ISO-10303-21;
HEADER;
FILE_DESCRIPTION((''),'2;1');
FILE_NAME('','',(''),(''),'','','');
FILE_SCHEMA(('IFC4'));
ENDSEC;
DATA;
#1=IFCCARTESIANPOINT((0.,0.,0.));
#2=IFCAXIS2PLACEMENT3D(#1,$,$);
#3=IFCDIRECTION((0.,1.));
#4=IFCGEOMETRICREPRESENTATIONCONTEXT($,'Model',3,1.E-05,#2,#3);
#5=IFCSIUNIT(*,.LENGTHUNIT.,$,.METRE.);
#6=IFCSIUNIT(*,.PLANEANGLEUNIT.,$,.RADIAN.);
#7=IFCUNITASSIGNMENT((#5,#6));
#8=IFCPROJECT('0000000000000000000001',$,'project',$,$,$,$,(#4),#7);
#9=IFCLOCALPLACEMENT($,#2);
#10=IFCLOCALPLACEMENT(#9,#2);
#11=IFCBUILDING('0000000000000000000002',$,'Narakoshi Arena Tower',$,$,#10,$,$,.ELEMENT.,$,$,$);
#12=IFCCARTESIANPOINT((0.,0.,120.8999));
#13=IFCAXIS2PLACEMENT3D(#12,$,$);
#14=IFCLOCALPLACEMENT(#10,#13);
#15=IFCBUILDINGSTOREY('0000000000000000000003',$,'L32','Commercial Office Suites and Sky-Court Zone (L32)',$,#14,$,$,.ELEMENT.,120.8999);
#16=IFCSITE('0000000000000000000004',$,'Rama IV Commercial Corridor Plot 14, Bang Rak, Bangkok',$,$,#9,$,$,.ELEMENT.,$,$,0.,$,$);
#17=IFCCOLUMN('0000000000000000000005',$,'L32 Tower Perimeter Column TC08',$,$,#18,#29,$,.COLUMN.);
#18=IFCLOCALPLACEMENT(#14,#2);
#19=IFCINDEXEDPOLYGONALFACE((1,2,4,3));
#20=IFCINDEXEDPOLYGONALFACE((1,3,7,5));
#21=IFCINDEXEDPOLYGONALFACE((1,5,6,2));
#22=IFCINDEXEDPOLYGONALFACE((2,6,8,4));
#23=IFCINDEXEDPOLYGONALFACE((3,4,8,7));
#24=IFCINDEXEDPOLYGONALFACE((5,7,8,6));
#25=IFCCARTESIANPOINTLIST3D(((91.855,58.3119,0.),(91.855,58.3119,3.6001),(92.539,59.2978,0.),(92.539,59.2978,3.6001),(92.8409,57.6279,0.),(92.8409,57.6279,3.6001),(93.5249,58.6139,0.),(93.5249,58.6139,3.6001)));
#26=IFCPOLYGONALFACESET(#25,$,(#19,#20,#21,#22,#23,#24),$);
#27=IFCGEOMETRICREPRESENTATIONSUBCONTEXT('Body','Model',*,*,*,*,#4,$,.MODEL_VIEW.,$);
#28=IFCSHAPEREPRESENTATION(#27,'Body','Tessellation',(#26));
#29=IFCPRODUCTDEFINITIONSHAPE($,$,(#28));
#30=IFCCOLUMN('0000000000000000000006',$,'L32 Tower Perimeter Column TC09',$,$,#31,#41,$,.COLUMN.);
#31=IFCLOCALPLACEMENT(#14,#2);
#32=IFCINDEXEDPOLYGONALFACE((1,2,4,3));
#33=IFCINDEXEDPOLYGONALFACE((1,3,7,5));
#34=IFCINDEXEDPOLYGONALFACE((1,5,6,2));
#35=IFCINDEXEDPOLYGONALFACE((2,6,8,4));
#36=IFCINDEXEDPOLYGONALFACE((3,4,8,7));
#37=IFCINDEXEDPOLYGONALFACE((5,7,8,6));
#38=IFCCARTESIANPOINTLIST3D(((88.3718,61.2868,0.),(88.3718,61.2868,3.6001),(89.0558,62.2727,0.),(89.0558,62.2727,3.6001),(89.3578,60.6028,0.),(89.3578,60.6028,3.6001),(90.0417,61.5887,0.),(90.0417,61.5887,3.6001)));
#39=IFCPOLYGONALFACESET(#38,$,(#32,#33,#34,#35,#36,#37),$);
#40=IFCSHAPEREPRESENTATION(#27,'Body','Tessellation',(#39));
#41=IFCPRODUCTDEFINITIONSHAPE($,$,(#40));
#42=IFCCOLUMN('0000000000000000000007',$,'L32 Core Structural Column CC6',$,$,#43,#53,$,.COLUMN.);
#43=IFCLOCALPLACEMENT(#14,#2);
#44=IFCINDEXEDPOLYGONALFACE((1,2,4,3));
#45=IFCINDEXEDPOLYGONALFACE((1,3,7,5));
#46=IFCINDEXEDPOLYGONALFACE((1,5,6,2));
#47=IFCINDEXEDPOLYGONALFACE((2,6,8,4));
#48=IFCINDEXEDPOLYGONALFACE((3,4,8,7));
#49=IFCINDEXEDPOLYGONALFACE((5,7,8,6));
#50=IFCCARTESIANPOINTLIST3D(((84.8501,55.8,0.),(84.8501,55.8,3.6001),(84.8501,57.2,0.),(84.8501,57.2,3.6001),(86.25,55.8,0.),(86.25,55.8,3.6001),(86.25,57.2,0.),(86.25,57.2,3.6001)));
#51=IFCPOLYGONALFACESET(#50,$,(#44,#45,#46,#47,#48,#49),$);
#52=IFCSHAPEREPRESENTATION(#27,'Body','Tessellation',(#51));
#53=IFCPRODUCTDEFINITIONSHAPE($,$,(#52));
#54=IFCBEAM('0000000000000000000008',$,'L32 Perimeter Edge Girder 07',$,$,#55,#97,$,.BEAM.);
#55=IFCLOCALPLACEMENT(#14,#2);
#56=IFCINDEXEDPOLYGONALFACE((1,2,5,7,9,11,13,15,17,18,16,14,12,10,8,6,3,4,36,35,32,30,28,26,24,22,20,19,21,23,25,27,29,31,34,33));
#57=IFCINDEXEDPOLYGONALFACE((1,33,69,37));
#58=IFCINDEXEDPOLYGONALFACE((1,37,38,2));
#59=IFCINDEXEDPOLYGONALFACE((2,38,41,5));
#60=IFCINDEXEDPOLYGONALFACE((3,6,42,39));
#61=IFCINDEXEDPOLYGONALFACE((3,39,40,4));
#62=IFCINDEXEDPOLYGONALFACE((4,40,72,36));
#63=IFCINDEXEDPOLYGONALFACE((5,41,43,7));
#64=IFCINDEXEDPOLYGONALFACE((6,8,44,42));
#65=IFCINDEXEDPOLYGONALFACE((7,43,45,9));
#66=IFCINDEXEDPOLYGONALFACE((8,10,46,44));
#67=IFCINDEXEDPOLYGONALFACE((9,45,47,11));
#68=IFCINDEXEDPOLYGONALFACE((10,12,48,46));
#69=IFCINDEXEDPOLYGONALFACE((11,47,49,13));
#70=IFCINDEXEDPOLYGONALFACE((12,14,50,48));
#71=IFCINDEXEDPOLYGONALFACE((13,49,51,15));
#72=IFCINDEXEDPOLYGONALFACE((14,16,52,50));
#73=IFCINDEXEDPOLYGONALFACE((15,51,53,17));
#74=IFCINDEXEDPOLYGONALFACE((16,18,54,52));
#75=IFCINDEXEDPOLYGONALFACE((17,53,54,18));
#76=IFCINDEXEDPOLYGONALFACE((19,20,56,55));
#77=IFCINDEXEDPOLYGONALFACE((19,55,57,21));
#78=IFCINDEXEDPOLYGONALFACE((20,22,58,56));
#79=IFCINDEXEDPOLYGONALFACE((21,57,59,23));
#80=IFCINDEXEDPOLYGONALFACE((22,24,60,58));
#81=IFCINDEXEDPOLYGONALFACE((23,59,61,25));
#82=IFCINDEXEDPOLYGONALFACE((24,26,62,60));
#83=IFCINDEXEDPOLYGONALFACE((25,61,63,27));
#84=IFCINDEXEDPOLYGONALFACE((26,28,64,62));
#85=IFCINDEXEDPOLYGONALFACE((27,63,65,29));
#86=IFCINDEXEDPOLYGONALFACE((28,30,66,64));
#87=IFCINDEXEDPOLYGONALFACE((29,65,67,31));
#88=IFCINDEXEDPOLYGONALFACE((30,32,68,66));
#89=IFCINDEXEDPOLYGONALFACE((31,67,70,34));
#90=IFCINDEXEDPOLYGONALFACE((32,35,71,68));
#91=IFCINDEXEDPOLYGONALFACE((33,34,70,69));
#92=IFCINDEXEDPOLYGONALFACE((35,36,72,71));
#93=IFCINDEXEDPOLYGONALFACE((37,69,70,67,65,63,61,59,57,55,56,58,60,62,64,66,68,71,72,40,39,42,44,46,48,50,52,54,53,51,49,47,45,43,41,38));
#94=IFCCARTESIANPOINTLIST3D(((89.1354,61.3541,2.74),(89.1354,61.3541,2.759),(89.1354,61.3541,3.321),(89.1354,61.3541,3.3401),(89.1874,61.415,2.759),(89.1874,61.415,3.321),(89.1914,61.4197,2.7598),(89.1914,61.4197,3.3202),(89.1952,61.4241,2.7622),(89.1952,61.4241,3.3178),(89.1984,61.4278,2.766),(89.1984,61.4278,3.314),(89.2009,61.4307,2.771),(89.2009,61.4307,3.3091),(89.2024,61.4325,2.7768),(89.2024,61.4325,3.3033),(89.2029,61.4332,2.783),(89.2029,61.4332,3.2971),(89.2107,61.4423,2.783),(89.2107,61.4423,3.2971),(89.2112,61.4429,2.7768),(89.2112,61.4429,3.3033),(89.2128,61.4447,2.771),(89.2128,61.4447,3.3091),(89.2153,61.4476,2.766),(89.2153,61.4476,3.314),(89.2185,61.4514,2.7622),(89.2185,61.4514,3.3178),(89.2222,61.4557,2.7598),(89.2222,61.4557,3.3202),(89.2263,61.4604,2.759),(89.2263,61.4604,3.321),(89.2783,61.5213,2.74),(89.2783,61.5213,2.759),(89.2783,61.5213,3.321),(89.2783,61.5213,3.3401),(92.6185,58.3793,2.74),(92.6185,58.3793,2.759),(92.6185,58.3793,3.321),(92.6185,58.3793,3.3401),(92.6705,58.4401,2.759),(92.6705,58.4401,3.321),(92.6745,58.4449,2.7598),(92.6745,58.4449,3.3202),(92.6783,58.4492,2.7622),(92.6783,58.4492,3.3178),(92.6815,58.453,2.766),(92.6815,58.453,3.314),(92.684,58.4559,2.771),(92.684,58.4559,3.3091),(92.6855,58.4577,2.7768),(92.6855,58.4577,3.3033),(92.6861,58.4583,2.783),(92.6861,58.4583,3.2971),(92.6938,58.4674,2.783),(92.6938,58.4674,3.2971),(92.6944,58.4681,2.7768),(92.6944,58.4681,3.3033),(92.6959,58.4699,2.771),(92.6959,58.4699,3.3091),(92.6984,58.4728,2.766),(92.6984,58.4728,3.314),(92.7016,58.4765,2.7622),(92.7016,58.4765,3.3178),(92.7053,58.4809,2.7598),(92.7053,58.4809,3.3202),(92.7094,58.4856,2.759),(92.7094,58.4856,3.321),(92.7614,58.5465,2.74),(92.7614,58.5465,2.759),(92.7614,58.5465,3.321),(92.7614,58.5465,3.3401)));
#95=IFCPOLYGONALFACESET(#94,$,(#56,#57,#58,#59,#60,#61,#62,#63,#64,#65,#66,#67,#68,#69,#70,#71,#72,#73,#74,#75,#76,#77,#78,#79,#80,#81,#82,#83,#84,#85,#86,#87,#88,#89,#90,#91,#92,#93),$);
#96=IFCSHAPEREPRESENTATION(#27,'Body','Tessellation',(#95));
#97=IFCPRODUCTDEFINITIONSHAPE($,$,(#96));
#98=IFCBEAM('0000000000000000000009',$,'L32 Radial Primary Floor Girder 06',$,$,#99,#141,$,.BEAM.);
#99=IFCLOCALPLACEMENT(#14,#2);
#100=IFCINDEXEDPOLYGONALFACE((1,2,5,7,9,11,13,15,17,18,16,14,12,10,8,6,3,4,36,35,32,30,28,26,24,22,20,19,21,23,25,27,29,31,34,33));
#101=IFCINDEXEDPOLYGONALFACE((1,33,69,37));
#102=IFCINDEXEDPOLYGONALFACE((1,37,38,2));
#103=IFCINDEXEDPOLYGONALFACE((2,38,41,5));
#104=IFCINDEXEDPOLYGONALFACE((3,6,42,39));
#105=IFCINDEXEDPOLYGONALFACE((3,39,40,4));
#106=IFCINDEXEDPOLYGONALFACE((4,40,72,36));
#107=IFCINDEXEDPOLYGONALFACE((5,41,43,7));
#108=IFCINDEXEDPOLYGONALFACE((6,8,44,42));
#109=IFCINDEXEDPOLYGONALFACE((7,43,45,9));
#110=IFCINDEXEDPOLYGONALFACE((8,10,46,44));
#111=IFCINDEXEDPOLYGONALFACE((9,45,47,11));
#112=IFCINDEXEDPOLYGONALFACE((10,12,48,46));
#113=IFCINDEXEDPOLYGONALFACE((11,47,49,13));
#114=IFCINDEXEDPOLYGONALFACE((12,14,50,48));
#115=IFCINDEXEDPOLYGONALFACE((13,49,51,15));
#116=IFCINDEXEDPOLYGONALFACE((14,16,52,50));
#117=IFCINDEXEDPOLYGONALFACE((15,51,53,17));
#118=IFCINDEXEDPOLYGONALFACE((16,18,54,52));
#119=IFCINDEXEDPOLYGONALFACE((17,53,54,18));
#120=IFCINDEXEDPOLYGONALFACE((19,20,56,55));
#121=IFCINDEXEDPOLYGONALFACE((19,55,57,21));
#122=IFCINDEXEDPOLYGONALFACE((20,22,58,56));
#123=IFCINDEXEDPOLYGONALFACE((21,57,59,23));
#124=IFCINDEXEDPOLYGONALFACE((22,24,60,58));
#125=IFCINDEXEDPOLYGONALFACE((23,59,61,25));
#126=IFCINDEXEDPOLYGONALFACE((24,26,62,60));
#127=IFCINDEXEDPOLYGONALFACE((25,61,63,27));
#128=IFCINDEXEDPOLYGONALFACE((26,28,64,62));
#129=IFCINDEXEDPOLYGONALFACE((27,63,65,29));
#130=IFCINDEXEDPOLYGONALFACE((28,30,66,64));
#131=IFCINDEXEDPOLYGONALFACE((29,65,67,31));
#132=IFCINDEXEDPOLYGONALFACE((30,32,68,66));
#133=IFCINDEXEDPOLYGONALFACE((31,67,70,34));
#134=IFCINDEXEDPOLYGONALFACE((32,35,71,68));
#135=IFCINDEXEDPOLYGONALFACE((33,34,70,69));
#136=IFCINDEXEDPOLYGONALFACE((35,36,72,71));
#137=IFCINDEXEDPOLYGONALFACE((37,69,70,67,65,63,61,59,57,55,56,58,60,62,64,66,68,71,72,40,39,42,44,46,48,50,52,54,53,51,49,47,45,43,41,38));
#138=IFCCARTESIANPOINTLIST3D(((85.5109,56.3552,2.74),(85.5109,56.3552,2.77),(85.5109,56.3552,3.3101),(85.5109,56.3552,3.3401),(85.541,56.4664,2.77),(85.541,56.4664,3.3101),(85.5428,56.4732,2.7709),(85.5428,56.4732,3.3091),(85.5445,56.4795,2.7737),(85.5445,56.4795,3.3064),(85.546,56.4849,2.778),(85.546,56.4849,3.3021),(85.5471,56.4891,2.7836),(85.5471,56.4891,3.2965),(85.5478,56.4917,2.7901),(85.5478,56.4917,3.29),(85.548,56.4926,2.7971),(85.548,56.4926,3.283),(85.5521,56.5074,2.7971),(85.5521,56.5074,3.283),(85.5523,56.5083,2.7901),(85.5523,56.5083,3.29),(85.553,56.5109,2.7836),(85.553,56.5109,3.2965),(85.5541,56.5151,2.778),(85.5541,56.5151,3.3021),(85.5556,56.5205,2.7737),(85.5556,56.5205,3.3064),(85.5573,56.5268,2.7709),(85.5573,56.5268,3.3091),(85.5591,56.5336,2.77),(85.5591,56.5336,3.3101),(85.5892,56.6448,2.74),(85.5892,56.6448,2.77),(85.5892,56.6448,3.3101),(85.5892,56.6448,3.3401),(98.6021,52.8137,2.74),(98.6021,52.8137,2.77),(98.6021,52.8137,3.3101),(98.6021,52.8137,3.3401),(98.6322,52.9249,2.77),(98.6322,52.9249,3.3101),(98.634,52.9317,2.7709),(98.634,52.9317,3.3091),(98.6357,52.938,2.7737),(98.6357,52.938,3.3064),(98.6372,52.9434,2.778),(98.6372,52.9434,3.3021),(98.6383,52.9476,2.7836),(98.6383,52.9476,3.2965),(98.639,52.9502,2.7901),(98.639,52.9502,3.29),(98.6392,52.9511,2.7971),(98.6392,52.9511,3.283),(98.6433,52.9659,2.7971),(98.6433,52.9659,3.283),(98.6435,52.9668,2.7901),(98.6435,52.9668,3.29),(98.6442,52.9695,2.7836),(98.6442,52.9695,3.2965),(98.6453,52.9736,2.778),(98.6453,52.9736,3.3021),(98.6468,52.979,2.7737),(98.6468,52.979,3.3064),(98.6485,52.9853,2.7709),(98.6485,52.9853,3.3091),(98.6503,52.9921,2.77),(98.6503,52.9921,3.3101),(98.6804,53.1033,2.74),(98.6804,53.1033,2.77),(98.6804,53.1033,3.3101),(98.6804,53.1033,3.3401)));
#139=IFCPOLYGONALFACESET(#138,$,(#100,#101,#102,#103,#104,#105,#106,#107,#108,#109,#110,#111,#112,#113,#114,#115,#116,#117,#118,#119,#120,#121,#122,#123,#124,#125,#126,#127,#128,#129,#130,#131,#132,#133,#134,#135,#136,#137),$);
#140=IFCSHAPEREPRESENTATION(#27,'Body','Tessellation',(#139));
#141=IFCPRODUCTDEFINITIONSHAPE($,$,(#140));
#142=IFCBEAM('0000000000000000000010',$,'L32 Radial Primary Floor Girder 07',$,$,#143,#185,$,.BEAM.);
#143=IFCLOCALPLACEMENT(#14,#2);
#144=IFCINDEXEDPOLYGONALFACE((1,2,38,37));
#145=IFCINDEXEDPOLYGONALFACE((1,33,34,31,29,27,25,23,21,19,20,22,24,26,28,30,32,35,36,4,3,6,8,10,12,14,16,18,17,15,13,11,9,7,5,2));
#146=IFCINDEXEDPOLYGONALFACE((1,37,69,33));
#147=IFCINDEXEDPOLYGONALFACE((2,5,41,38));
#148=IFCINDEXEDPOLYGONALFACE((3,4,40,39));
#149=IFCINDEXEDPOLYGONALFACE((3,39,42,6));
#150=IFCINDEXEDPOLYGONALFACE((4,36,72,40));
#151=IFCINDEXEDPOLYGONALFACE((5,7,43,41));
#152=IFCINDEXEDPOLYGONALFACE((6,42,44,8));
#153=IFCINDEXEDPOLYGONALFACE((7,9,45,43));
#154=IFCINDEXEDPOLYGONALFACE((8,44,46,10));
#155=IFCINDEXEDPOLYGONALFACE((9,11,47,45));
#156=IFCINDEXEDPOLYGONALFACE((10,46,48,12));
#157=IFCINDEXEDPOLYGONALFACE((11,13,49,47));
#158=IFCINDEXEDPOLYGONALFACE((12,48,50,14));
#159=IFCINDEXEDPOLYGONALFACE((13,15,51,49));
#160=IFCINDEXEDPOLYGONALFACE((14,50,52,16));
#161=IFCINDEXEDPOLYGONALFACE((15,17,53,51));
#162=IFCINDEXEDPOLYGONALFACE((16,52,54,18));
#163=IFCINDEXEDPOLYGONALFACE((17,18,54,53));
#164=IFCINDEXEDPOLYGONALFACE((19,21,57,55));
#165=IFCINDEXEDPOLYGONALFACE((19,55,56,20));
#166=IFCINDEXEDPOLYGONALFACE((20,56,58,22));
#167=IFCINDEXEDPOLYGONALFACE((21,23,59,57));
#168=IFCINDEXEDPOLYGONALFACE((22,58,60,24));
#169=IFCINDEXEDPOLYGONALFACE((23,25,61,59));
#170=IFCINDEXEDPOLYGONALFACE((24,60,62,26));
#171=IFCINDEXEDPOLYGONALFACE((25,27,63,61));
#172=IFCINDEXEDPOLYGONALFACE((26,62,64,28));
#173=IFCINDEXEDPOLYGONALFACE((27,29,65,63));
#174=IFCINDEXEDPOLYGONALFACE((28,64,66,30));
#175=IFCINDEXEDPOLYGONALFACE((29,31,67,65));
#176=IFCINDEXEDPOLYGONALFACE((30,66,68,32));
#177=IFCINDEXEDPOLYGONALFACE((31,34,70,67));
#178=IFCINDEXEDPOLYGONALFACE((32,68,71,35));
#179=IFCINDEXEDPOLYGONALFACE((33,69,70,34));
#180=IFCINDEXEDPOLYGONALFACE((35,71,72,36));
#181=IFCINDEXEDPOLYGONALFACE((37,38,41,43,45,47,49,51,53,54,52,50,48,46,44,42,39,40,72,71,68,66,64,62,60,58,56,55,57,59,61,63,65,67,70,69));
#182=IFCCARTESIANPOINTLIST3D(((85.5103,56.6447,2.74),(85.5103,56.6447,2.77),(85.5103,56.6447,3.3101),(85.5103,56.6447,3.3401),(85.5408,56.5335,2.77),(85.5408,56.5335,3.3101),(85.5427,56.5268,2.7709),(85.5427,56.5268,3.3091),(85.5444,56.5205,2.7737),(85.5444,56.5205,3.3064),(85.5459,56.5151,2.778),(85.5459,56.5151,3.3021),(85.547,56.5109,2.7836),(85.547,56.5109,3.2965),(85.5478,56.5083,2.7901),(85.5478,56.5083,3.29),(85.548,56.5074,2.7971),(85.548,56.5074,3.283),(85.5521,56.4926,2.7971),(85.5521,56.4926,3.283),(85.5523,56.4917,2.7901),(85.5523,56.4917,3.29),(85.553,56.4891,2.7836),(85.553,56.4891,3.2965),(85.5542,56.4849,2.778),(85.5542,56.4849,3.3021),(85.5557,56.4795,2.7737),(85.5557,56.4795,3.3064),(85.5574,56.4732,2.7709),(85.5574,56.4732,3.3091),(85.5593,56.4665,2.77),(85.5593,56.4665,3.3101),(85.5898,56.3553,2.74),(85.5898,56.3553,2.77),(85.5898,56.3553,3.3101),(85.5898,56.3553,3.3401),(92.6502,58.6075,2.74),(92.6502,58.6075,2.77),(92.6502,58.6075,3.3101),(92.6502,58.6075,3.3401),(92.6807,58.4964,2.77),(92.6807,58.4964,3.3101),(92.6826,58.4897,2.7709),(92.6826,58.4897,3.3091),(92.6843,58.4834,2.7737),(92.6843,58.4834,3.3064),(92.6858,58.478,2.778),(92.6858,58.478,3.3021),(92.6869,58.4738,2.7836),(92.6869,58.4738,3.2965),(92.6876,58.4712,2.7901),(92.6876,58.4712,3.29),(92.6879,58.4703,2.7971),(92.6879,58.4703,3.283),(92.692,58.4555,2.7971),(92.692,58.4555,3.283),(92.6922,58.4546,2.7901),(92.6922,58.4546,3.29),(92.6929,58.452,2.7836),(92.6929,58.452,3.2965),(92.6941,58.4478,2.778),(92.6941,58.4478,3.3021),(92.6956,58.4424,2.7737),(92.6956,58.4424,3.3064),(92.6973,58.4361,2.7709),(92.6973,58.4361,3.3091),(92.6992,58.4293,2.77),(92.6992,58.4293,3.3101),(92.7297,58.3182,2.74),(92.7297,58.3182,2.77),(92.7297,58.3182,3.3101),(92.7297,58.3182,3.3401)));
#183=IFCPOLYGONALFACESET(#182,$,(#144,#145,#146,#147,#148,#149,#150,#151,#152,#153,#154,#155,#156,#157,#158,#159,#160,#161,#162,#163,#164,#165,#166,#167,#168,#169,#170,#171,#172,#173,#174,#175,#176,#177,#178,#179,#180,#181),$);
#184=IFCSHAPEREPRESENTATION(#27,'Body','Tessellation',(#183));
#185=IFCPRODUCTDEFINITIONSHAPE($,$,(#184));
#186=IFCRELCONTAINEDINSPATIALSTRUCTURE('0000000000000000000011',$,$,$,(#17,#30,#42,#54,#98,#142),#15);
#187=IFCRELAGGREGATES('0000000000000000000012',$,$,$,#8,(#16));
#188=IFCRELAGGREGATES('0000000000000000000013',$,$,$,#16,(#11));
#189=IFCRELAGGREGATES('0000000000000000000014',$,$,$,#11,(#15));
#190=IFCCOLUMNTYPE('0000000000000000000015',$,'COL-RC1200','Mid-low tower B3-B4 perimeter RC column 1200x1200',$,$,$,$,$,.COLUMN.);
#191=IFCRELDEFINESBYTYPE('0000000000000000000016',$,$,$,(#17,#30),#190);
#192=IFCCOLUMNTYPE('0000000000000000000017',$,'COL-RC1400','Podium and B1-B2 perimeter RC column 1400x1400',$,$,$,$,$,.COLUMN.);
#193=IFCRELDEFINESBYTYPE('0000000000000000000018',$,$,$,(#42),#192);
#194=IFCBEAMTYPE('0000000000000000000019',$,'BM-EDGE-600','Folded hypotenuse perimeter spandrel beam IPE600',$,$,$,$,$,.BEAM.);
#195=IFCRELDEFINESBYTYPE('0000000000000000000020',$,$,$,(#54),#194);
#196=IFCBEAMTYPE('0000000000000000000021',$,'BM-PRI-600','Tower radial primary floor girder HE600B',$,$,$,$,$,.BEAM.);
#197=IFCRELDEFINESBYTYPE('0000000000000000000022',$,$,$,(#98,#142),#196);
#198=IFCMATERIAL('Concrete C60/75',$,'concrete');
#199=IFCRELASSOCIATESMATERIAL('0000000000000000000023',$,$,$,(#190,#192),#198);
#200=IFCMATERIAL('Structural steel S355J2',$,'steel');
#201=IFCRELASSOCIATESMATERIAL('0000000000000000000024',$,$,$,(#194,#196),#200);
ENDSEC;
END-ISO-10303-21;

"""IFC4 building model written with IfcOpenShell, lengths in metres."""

from ifc_helpers import new_model, si_unit, direction, frame, origin, origin_2d, place, context, subcontext, project, spatial, rectangle, i_section, extrude, material, material_profile, profile_set, type_object, element, save


model = new_model("IFC4")

# Units and contexts
model_context = context("Model", 3, precision=1e-05, world=origin(), true_north=direction((0.0, 1.0)))
body_context = subcontext(model_context, "Body", "Model", "MODEL_VIEW")
ifc_project = project(units=[si_unit("LENGTHUNIT", "METRE"), si_unit("PLANEANGLEUNIT", "RADIAN")], contexts=[model_context])

# Site, building, storey
site_placement = place(None, origin())
site = spatial("IfcSite", under=ifc_project, at=site_placement, Name="Rama IV Commercial Corridor Plot 14, Bang Rak, Bangkok", CompositionType="ELEMENT", RefElevation=0.0)
building_placement = place(site_placement, origin())
building = spatial("IfcBuilding", under=site, at=building_placement, Name="Narakoshi Arena Tower", CompositionType="ELEMENT")
storey_placement = place(building_placement, frame((0.0, 0.0, 120.8999)))
storey = spatial("IfcBuildingStorey", under=building, at=storey_placement, Name="L32", Description="Commercial Office Suites and Sky-Court Zone (L32)", CompositionType="ELEMENT", Elevation=120.8999)

# Columns
ifc_material_1 = material(Name="Concrete C60/75", Category="concrete")
ifc_material_profile_1 = material_profile(ifc_material_1, rectangle(XDim=1.2, YDim=1.2, at=origin_2d()), Name="RC1200x1200")
ifc_profile_set_1 = profile_set([ifc_material_profile_1], Name="Concrete C60/75")
column_type_1 = type_object("IfcColumnType", Name="COL-RC1200", Description="Mid-low tower B3-B4 perimeter RC column 1200x1200", PredefinedType="COLUMN", material=ifc_profile_set_1)
for number, where, z_axis, x_axis, name in (
    (1, (92.6899, 58.4629, 0.0), (0.0, 0.0, 1.0), (0.569997, 0.821647, 0.0), "L32 Tower Perimeter Column TC08"),
    (2, (89.2068, 61.4377, 0.0), (0.0, 0.0, 1.0), (0.569997, 0.821647, 0.0), "L32 Tower Perimeter Column TC09"),
):
    element("IfcColumn", number, at=place(storey_placement, frame(where, z_axis=z_axis, x_axis=x_axis)), inside=storey, type_object=column_type_1, Name=name, PredefinedType="COLUMN", context=body_context, shape_type="SweptSolid", body=[
        extrude(rectangle(XDim=1.2, YDim=1.2, at=origin_2d()), origin(), (0.0, 0.0, 1.0), 3.6001),
    ])
ifc_material_profile_2 = material_profile(ifc_material_1, rectangle(XDim=1.3999, YDim=1.3999, at=origin_2d()), Name="RC1400x1400")
ifc_profile_set_2 = profile_set([ifc_material_profile_2], Name="Concrete C60/75")
column_type_2 = type_object("IfcColumnType", Name="COL-RC1400", Description="Podium and B1-B2 perimeter RC column 1400x1400", PredefinedType="COLUMN", material=ifc_profile_set_2)
column_placement = place(storey_placement, frame((85.55, 56.5, 0.0), z_axis=(0.0, 0.0, 1.0), x_axis=(1.0, 0.0, 0.0)))
element("IfcColumn", 3, at=column_placement, inside=storey, type_object=column_type_2, Name="L32 Core Structural Column CC6", PredefinedType="COLUMN", context=body_context, shape_type="SweptSolid", body=[
    extrude(rectangle(XDim=1.3999, YDim=1.3999, at=origin_2d()), origin(), (0.0, 0.0, 1.0), 3.6001),
])

# Beams
ifc_material_2 = material(Name="Structural steel S355J2", Category="steel")
ifc_material_profile_3 = material_profile(ifc_material_2, i_section(OverallWidth=0.22, OverallDepth=0.6001, WebThickness=0.012, FlangeThickness=0.019, FilletRadius=0.0239, at=origin_2d()), Name="IPE600")
ifc_profile_set_3 = profile_set([ifc_material_profile_3], Name="Structural steel S355J2")
beam_type_1 = type_object("IfcBeamType", Name="BM-EDGE-600", Description="Folded hypotenuse perimeter spandrel beam IPE600", PredefinedType="BEAM", material=ifc_profile_set_3)
beam_1_placement = place(storey_placement, frame((92.6899, 58.4629, 3.04), z_axis=(-0.76041, 0.649443, 0.0), x_axis=(-0.649443, -0.76041, 0.0)))
element("IfcBeam", 4, at=beam_1_placement, inside=storey, type_object=beam_type_1, Name="L32 Perimeter Edge Girder 07", PredefinedType="BEAM", context=body_context, shape_type="SweptSolid", body=[
    extrude(i_section(OverallWidth=0.22, OverallDepth=0.6001, WebThickness=0.012, FlangeThickness=0.019, FilletRadius=0.0239, at=origin_2d()), origin(), (0.0, 0.0, 1.0), 4.5806),
])
ifc_material_profile_4 = material_profile(ifc_material_2, i_section(OverallWidth=0.3, OverallDepth=0.6001, WebThickness=0.0154, FlangeThickness=0.03, FilletRadius=0.0271, at=origin_2d()), Name="HE600B")
ifc_profile_set_4 = profile_set([ifc_material_profile_4], Name="Structural steel S355J2")
beam_type_2 = type_object("IfcBeamType", Name="BM-PRI-600", Description="Tower radial primary floor girder HE600B", PredefinedType="BEAM", material=ifc_profile_set_4)
beam_2_placement = place(storey_placement, frame((85.55, 56.5, 3.04), z_axis=(0.965302, -0.261137, 0.0), x_axis=(0.261137, 0.965302, 0.0)))
element("IfcBeam", 5, at=beam_2_placement, inside=storey, type_object=beam_type_2, Name="L32 Radial Primary Floor Girder 06", PredefinedType="BEAM", context=body_context, shape_type="SweptSolid", body=[
    extrude(i_section(OverallWidth=0.3, OverallDepth=0.6001, WebThickness=0.0154, FlangeThickness=0.03, FilletRadius=0.0271, at=origin_2d()), origin(), (0.0, 0.0, 1.0), 13.5618),
])
beam_3_placement = place(storey_placement, frame((85.55, 56.5, 3.04), z_axis=(0.964225, 0.265084, 0.0), x_axis=(-0.265084, 0.964225, 0.0)))
element("IfcBeam", 6, at=beam_3_placement, inside=storey, type_object=beam_type_2, Name="L32 Radial Primary Floor Girder 07", PredefinedType="BEAM", context=body_context, shape_type="SweptSolid", body=[
    extrude(i_section(OverallWidth=0.3, OverallDepth=0.6001, WebThickness=0.0154, FlangeThickness=0.03, FilletRadius=0.0271, at=origin_2d()), origin(), (0.0, 0.0, 1.0), 7.4048),
])

save(model, "model.ifc")
